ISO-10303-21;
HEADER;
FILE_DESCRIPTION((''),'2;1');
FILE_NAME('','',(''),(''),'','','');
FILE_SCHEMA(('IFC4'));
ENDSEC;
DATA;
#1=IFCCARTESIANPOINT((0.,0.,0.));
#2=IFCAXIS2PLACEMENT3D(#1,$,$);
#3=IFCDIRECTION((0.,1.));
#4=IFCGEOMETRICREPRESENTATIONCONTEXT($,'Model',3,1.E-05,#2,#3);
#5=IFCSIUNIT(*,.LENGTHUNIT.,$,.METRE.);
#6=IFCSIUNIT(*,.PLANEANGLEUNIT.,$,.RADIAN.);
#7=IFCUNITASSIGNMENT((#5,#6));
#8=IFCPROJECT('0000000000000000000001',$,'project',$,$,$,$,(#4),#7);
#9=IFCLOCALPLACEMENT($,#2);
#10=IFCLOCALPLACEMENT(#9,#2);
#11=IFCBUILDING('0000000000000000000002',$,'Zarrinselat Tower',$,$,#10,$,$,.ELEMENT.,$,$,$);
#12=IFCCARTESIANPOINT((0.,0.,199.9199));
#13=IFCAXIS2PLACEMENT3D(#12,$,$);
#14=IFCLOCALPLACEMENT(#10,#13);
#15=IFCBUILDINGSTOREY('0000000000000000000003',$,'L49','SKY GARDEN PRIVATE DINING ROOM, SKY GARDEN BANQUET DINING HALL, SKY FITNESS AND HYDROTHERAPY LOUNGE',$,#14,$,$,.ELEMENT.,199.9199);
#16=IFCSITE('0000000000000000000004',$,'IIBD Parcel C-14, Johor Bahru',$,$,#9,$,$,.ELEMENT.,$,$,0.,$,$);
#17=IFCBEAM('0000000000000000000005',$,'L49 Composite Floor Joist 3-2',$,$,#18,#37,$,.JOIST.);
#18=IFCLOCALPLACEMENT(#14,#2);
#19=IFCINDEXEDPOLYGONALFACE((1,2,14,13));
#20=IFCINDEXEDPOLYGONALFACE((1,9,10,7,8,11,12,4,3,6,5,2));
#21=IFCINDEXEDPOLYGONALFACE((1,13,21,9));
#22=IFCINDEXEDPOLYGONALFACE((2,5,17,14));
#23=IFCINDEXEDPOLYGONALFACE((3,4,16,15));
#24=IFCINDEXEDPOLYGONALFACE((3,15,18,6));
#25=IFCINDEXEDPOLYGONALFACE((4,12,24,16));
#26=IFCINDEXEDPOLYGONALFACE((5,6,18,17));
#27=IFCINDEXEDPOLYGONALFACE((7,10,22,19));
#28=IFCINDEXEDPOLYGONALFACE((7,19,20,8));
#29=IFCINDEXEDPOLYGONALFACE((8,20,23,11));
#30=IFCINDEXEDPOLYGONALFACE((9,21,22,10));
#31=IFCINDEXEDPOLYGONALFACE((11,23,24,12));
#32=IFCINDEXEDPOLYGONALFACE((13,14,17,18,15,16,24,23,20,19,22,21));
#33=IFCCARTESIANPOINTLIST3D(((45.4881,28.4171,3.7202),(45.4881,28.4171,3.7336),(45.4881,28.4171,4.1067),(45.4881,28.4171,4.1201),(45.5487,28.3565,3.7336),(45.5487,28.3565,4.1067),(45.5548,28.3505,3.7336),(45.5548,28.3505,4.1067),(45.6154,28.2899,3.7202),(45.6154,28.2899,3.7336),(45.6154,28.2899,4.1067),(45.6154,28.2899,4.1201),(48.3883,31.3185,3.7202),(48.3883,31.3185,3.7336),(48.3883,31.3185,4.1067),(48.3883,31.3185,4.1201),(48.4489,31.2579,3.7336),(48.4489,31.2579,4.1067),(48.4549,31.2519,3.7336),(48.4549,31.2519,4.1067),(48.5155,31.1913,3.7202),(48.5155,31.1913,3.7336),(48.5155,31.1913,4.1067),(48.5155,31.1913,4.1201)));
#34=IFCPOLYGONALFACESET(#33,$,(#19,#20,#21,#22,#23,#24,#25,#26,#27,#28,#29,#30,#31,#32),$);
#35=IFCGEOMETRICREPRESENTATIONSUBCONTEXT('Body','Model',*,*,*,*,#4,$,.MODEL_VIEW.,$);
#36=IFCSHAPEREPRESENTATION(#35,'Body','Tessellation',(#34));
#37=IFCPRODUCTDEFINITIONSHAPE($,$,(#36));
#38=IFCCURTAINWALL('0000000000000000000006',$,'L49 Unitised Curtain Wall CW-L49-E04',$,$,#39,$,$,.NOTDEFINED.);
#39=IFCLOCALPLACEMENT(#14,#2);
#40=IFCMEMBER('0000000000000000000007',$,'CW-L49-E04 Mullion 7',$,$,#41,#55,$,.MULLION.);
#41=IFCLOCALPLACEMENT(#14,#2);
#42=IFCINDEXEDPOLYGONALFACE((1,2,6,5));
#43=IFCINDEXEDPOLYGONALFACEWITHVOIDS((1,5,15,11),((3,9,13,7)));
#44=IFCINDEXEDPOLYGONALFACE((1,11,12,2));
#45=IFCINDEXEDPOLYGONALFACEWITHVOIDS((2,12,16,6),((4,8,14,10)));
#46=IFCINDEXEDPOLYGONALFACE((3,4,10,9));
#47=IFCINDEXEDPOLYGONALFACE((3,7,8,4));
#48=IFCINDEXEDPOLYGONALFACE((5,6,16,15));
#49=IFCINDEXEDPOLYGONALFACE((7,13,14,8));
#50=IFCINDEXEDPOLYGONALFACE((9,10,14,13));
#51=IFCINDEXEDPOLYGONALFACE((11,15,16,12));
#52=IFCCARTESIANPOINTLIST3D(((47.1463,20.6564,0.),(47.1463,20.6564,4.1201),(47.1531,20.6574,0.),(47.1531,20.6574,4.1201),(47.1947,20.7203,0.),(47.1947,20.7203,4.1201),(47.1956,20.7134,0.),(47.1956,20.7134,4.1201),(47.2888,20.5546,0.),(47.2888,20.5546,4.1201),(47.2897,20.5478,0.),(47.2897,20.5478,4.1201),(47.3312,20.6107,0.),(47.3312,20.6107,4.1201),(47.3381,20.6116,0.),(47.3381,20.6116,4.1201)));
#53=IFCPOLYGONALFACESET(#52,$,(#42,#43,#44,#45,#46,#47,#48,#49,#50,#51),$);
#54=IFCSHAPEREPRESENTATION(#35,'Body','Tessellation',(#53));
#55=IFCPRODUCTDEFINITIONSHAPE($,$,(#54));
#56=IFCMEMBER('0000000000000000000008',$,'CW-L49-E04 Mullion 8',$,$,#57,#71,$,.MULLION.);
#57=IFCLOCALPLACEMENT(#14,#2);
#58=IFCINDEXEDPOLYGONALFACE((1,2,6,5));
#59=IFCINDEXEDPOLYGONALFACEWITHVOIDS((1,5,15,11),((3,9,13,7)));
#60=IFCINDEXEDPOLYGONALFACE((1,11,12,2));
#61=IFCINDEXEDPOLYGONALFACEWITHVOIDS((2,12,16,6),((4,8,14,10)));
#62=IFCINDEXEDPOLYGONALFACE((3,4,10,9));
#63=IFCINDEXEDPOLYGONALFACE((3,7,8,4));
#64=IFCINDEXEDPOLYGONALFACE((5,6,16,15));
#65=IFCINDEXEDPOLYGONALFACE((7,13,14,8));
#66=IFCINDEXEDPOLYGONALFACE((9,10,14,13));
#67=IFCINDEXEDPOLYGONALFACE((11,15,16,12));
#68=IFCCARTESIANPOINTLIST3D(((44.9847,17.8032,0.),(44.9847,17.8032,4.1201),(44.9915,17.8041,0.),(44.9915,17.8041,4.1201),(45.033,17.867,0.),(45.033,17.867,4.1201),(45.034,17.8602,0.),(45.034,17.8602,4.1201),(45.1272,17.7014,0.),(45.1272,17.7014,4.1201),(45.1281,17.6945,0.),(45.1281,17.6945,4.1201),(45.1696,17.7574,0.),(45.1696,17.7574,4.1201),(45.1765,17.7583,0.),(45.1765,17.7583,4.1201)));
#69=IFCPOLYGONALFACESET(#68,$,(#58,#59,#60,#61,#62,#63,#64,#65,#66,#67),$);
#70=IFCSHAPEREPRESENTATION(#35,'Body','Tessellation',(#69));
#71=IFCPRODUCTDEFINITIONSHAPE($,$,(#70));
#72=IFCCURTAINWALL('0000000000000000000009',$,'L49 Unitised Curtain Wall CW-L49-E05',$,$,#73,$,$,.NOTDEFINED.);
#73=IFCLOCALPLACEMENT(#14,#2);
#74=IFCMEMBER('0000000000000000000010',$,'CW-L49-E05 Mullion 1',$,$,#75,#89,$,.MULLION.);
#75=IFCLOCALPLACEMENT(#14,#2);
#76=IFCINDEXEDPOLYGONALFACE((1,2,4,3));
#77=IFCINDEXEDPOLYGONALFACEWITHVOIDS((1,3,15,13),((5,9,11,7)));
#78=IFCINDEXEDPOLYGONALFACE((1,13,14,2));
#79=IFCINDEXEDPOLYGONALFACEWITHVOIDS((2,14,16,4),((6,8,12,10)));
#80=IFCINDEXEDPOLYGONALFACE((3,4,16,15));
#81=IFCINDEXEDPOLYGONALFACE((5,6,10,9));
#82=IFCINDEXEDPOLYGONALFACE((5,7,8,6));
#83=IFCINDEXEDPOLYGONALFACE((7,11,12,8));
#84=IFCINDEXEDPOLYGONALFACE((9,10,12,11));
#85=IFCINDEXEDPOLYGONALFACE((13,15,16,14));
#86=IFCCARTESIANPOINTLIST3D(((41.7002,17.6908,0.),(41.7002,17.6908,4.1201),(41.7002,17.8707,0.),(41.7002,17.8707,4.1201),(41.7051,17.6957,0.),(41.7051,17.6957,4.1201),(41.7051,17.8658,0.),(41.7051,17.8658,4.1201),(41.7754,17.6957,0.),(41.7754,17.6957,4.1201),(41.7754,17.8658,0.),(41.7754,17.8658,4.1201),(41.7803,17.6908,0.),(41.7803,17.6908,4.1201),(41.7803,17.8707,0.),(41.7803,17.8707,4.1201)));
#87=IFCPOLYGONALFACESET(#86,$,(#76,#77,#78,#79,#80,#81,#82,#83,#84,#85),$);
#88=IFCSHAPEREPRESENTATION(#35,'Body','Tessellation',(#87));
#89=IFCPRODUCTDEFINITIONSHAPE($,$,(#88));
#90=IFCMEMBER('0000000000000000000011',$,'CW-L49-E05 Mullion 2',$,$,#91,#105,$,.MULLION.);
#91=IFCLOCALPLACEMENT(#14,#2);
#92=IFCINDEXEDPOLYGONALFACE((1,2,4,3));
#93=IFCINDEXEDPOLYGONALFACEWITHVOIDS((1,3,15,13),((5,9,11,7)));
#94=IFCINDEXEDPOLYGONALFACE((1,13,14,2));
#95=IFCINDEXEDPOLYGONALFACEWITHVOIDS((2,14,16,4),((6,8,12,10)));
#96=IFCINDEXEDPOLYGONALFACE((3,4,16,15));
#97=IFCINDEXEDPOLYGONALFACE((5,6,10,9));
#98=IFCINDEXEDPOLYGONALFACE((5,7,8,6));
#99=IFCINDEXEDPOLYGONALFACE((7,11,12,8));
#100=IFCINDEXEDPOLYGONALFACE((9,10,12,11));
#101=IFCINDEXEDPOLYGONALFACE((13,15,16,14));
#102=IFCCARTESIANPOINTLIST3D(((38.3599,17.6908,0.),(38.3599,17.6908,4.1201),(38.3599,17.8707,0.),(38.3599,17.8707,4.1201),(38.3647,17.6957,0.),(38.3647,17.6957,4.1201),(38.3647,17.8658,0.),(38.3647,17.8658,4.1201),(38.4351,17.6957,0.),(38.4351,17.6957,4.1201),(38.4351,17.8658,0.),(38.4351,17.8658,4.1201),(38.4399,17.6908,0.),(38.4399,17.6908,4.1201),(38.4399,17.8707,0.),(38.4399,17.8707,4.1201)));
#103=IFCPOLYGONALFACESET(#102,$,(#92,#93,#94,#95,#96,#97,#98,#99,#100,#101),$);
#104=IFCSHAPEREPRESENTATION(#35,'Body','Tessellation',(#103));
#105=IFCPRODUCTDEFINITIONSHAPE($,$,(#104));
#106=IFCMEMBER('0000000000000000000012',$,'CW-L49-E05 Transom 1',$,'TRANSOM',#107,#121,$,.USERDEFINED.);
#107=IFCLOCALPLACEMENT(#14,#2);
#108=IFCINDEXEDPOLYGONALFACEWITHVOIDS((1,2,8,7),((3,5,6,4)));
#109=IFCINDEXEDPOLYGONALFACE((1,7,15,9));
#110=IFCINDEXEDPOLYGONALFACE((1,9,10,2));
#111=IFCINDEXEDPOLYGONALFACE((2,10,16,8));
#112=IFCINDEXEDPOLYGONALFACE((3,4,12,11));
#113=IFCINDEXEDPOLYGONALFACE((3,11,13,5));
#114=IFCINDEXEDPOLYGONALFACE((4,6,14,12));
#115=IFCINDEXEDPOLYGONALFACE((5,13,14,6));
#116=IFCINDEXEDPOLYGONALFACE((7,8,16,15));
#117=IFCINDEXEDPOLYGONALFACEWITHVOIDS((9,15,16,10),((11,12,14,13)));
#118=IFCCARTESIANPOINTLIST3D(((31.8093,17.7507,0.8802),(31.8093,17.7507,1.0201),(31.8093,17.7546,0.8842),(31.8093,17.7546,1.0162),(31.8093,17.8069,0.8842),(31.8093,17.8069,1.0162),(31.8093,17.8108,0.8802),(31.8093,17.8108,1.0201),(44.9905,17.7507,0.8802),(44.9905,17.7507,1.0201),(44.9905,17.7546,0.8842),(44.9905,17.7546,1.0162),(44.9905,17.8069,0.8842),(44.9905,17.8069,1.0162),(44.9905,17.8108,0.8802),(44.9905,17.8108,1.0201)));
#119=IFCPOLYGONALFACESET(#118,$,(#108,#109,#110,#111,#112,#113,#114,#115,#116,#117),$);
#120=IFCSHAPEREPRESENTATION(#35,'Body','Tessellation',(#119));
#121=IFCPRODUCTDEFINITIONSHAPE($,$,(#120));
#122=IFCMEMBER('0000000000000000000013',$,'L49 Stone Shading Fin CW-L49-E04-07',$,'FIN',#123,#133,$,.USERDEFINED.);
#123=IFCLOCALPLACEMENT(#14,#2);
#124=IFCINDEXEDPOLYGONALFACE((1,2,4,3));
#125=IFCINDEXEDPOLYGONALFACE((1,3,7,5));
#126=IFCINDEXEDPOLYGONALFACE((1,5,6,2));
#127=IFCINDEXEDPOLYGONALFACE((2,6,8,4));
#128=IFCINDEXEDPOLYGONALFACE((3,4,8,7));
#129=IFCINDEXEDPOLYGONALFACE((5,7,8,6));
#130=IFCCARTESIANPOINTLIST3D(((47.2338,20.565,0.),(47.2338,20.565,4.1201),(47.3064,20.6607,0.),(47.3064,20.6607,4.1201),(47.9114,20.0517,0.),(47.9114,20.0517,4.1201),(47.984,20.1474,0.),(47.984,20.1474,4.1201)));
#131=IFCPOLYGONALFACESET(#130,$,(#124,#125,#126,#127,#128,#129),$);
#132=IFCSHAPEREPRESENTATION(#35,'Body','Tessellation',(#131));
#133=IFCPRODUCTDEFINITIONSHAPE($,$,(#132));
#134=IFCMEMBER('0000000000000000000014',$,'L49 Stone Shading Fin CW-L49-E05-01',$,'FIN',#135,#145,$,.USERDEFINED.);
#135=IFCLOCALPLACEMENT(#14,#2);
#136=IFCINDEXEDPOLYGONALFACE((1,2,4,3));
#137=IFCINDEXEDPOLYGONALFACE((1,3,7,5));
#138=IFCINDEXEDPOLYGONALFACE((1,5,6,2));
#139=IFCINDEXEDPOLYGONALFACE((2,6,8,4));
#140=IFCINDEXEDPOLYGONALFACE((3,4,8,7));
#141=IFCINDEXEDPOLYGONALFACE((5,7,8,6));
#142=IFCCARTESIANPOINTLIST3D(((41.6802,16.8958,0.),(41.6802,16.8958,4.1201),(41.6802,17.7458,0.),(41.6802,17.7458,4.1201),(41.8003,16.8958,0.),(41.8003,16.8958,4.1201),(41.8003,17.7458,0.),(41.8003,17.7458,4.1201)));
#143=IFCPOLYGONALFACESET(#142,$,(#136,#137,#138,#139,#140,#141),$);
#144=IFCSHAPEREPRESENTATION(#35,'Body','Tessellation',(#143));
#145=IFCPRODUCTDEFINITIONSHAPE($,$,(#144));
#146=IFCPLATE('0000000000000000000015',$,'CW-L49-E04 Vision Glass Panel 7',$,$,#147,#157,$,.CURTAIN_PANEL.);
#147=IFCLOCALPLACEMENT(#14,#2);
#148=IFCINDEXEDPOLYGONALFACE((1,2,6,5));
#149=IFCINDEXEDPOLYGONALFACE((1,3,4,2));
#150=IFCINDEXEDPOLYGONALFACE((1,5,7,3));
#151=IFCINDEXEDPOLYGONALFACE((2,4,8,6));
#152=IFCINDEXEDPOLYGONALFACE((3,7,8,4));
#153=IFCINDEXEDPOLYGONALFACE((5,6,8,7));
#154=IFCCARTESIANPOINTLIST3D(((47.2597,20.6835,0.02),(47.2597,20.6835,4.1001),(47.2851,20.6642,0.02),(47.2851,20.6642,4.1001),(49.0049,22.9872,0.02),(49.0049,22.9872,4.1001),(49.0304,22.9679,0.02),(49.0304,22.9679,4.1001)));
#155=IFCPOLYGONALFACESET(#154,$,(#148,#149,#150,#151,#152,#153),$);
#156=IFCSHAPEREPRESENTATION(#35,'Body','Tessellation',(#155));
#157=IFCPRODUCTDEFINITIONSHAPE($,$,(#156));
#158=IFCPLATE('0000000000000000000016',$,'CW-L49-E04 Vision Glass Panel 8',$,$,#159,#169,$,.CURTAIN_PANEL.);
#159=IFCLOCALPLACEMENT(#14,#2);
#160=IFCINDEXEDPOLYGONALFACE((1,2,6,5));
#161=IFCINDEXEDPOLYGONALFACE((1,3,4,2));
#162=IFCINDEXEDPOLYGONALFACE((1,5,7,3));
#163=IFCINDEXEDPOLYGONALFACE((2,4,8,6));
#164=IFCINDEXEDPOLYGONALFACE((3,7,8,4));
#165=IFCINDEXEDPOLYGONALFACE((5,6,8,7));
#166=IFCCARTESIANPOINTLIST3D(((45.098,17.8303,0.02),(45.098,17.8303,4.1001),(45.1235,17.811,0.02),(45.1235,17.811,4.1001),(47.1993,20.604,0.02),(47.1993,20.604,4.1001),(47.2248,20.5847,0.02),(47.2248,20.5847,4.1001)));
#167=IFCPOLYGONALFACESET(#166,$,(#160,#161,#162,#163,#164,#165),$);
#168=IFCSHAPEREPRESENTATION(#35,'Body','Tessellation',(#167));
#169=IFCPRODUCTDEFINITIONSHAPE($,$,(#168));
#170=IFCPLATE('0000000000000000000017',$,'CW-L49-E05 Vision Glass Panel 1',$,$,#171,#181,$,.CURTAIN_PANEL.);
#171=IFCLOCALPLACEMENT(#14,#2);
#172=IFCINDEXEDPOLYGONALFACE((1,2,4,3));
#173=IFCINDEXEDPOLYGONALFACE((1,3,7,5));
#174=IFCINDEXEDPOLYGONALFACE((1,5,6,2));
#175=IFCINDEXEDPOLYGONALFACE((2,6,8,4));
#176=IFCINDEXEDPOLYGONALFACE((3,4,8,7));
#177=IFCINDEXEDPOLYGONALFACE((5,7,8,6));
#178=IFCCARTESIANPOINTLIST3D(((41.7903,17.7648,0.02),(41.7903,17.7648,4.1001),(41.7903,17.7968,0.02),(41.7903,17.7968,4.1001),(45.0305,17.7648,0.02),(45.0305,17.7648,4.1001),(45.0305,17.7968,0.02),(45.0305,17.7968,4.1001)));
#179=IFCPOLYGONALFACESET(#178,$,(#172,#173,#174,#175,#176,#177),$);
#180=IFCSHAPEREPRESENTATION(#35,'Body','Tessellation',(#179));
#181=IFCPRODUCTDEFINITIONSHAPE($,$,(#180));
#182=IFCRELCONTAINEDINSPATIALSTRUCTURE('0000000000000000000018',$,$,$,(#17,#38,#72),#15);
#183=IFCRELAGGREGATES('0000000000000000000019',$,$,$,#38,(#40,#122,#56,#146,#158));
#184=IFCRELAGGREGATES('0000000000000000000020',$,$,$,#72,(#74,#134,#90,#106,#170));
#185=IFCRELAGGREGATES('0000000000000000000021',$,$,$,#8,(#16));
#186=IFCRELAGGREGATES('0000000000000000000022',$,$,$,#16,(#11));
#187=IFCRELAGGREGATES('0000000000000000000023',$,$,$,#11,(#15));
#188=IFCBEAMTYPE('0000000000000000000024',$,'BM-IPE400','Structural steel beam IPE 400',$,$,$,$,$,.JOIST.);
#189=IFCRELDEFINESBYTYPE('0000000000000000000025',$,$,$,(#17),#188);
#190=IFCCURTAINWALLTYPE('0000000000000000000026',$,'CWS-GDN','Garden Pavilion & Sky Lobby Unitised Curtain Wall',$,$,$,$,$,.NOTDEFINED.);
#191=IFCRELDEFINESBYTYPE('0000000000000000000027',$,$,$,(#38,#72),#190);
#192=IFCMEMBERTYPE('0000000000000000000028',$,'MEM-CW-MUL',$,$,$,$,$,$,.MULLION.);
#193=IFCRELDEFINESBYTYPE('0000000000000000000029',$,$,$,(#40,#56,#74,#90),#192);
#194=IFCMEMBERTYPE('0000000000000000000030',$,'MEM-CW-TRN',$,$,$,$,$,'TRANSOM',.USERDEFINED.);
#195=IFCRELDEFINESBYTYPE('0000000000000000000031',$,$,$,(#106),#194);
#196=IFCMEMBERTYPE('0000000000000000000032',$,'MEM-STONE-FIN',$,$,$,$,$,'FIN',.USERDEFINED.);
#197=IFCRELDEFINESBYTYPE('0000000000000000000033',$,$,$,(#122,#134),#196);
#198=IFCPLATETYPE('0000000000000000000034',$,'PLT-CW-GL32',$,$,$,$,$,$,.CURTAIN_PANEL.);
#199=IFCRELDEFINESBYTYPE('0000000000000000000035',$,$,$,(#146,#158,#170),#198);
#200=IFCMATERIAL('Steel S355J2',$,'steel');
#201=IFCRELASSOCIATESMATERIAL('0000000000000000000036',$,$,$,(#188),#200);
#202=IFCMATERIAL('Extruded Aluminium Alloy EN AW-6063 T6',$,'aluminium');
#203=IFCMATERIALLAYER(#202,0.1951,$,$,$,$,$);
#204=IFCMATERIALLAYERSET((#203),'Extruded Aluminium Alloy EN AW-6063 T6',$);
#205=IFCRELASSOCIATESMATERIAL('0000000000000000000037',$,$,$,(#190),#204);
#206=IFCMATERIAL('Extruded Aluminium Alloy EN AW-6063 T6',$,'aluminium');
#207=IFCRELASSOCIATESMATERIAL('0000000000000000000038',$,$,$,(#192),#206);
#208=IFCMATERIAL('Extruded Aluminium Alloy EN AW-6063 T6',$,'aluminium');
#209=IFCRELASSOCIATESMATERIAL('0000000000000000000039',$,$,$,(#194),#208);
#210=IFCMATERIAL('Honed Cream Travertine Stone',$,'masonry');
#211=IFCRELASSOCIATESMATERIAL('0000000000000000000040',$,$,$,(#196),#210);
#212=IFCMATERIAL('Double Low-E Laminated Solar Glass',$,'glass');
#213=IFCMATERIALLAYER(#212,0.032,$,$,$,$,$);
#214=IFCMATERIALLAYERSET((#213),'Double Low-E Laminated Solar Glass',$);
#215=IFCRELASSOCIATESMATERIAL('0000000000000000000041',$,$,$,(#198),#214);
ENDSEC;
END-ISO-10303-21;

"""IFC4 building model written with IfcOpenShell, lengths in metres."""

from ifc_helpers import new_model, si_unit, direction, frame, origin, origin_2d, place, context, subcontext, project, spatial, rectangle, hollow_rectangle, i_section, extrude, material, layer, layer_set, material_profile, profile_set, type_object, element, aggregate, save


model = new_model("IFC4")

# Units and contexts
model_context = context("Model", 3, precision=1e-05, world=origin(), true_north=direction((0.0, 1.0)))
body_context = subcontext(model_context, "Body", "Model", "MODEL_VIEW")
ifc_project = project(units=[si_unit("LENGTHUNIT", "METRE"), si_unit("PLANEANGLEUNIT", "RADIAN")], contexts=[model_context])

# Site, building, storey
site_placement = place(None, origin())
site = spatial("IfcSite", under=ifc_project, at=site_placement, Name="IIBD Parcel C-14, Johor Bahru", CompositionType="ELEMENT", RefElevation=0.0)
building_placement = place(site_placement, origin())
building = spatial("IfcBuilding", under=site, at=building_placement, Name="Zarrinselat Tower", CompositionType="ELEMENT")
storey_placement = place(building_placement, frame((0.0, 0.0, 199.9199)))
storey = spatial("IfcBuildingStorey", under=building, at=storey_placement, Name="L49", Description="SKY GARDEN PRIVATE DINING ROOM, SKY GARDEN BANQUET DINING HALL, SKY FITNESS AND HYDROTHERAPY LOUNGE", CompositionType="ELEMENT", Elevation=199.9199)

# Beam
ifc_material_1 = material(Name="Steel S355J2", Category="steel")
ifc_material_profile_1 = material_profile(ifc_material_1, i_section(OverallWidth=0.1799, OverallDepth=0.3999, WebThickness=0.0085, FlangeThickness=0.0134, at=origin_2d()), Name="IPE 400")
ifc_profile_set_1 = profile_set([ifc_material_profile_1], Name="Steel S355J2")
beam_type_1 = type_object("IfcBeamType", Name="BM-IPE400", Description="Structural steel beam IPE 400", PredefinedType="JOIST", material=ifc_profile_set_1)
beam_1_placement = place(storey_placement, frame((45.5518, 28.3535, 3.9202), z_axis=(0.706958, 0.707256, 0.0), x_axis=(-0.707256, 0.706958, 0.0)))
element("IfcBeam", 1, at=beam_1_placement, inside=storey, type_object=beam_type_1, Name="L49 Composite Floor Joist 3-2", PredefinedType="JOIST", context=body_context, shape_type="SweptSolid", body=[
    extrude(i_section(OverallWidth=0.1799, OverallDepth=0.3999, WebThickness=0.0085, FlangeThickness=0.0134, at=origin_2d()), origin(), (0.0, 0.0, 1.0), 4.1023),
])

# Curtain walls, members
ifc_material_2 = material(Name="Extruded Aluminium Alloy EN AW-6063 T6", Category="aluminium")
ifc_layer_1 = layer(ifc_material_2, 0.1951)
ifc_layer_set_1 = layer_set([ifc_layer_1], Name="Extruded Aluminium Alloy EN AW-6063 T6")
curtain_wall_type = type_object("IfcCurtainWallType", Name="CWS-GDN", Description="Garden Pavilion & Sky Lobby Unitised Curtain Wall", PredefinedType="NOTDEFINED", material=ifc_layer_set_1)
curtain_wall_1_placement = place(storey_placement, origin())
curtain_wall_1 = element("IfcCurtainWall", 2, at=curtain_wall_1_placement, inside=storey, type_object=curtain_wall_type, Name="L49 Unitised Curtain Wall CW-L49-E04", PredefinedType="NOTDEFINED")
ifc_material_3 = material(Name="Extruded Aluminium Alloy EN AW-6063 T6", Category="aluminium")
ifc_material_profile_2 = material_profile(ifc_material_3, hollow_rectangle(XDim=0.0801, YDim=0.1799, WallThickness=0.0049, at=origin_2d()), Name="RHS 180x80x5")
ifc_profile_set_2 = profile_set([ifc_material_profile_2], Name="Extruded Aluminium Alloy EN AW-6063 T6")
member_type_1 = type_object("IfcMemberType", Name="MEM-CW-MUL", PredefinedType="MULLION", material=ifc_profile_set_2)
member_1_placement = place(storey_placement, frame((47.2422, 20.634, 0.0), z_axis=(0.0, 0.0, 1.0), x_axis=(-0.603858, -0.797092, 0.0)))
member_1 = element("IfcMember", 3, at=member_1_placement, type_object=member_type_1, Name="CW-L49-E04 Mullion 7", PredefinedType="MULLION", context=body_context, shape_type="SweptSolid", body=[
    extrude(hollow_rectangle(XDim=0.0801, YDim=0.1799, WallThickness=0.0049, at=origin_2d()), origin(), (0.0, 0.0, 1.0), 4.1201),
])
member_2_placement = place(storey_placement, frame((45.0806, 17.7808, 0.0), z_axis=(0.0, 0.0, 1.0), x_axis=(-0.603858, -0.797092, 0.0)))
member_2 = element("IfcMember", 4, at=member_2_placement, type_object=member_type_1, Name="CW-L49-E04 Mullion 8", PredefinedType="MULLION", context=body_context, shape_type="SweptSolid", body=[
    extrude(hollow_rectangle(XDim=0.0801, YDim=0.1799, WallThickness=0.0049, at=origin_2d()), origin(), (0.0, 0.0, 1.0), 4.1201),
])
curtain_wall_2_placement = place(storey_placement, origin())
curtain_wall_2 = element("IfcCurtainWall", 5, at=curtain_wall_2_placement, inside=storey, type_object=curtain_wall_type, Name="L49 Unitised Curtain Wall CW-L49-E05", PredefinedType="NOTDEFINED")
member_3_placement = place(storey_placement, frame((41.7402, 17.7808, 0.0), z_axis=(0.0, 0.0, 1.0), x_axis=(-1.0, 0.0, 0.0)))
member_3 = element("IfcMember", 6, at=member_3_placement, type_object=member_type_1, Name="CW-L49-E05 Mullion 1", PredefinedType="MULLION", context=body_context, shape_type="SweptSolid", body=[
    extrude(hollow_rectangle(XDim=0.0801, YDim=0.1799, WallThickness=0.0049, at=origin_2d()), origin(), (0.0, 0.0, 1.0), 4.1201),
])
member_4_placement = place(storey_placement, frame((38.3999, 17.7808, 0.0), z_axis=(0.0, 0.0, 1.0), x_axis=(-1.0, 0.0, 0.0)))
member_4 = element("IfcMember", 7, at=member_4_placement, type_object=member_type_1, Name="CW-L49-E05 Mullion 2", PredefinedType="MULLION", context=body_context, shape_type="SweptSolid", body=[
    extrude(hollow_rectangle(XDim=0.0801, YDim=0.1799, WallThickness=0.0049, at=origin_2d()), origin(), (0.0, 0.0, 1.0), 4.1201),
])
ifc_material_4 = material(Name="Extruded Aluminium Alloy EN AW-6063 T6", Category="aluminium")
ifc_material_profile_3 = material_profile(ifc_material_4, hollow_rectangle(XDim=0.0601, YDim=0.1399, WallThickness=0.0039, at=origin_2d()), Name="RHS 140x60x4")
ifc_profile_set_3 = profile_set([ifc_material_profile_3], Name="Extruded Aluminium Alloy EN AW-6063 T6")
member_type_2 = type_object("IfcMemberType", Name="MEM-CW-TRN", ElementType="TRANSOM", PredefinedType="USERDEFINED", material=ifc_profile_set_3)
member_5_placement = place(storey_placement, frame((44.9905, 17.7808, 0.9502), z_axis=(-1.0, 0.0, 0.0), x_axis=(0.0, -1.0, 0.0)))
member_5 = element("IfcMember", 8, at=member_5_placement, type_object=member_type_2, Name="CW-L49-E05 Transom 1", ObjectType="TRANSOM", PredefinedType="USERDEFINED", context=body_context, shape_type="SweptSolid", body=[
    extrude(hollow_rectangle(XDim=0.0601, YDim=0.1399, WallThickness=0.0039, at=origin_2d()), origin(), (0.0, 0.0, 1.0), 13.1812),
])

# Members
ifc_material_5 = material(Name="Honed Cream Travertine Stone", Category="masonry")
ifc_material_profile_4 = material_profile(ifc_material_5, rectangle(XDim=0.1201, YDim=0.8501, at=origin_2d()), Name="FIN 850x120")
ifc_profile_set_4 = profile_set([ifc_material_profile_4], Name="Honed Cream Travertine Stone")
member_type_3 = type_object("IfcMemberType", Name="MEM-STONE-FIN", ElementType="FIN", PredefinedType="USERDEFINED", material=ifc_profile_set_4)
member_6_placement = place(storey_placement, frame((47.6089, 20.3562, 0.0), z_axis=(0.0, 0.0, 1.0), x_axis=(-0.603858, -0.797092, 0.0)))
member_6 = element("IfcMember", 9, at=member_6_placement, type_object=member_type_3, Name="L49 Stone Shading Fin CW-L49-E04-07", ObjectType="FIN", PredefinedType="USERDEFINED", context=body_context, shape_type="SweptSolid", body=[
    extrude(rectangle(XDim=0.1201, YDim=0.8501, at=origin_2d()), origin(), (0.0, 0.0, 1.0), 4.1201),
])
member_7_placement = place(storey_placement, frame((41.7402, 17.3208, 0.0), z_axis=(0.0, 0.0, 1.0), x_axis=(-1.0, 0.0, 0.0)))
member_7 = element("IfcMember", 10, at=member_7_placement, type_object=member_type_3, Name="L49 Stone Shading Fin CW-L49-E05-01", ObjectType="FIN", PredefinedType="USERDEFINED", context=body_context, shape_type="SweptSolid", body=[
    extrude(rectangle(XDim=0.1201, YDim=0.8501, at=origin_2d()), origin(), (0.0, 0.0, 1.0), 4.1201),
])

# Plates
ifc_material_6 = material(Name="Double Low-E Laminated Solar Glass", Category="glass")
ifc_layer_2 = layer(ifc_material_6, 0.032)
ifc_layer_set_2 = layer_set([ifc_layer_2], Name="Double Low-E Laminated Solar Glass")
plate_type = type_object("IfcPlateType", Name="PLT-CW-GL32", PredefinedType="CURTAIN_PANEL", material=ifc_layer_set_2)
plate_1_placement = place(storey_placement, frame((48.145, 21.8257, 0.02), z_axis=(0.0, 0.0, 1.0), x_axis=(-0.603858, -0.797092, 0.0)))
plate_1 = element("IfcPlate", 11, at=plate_1_placement, type_object=plate_type, Name="CW-L49-E04 Vision Glass Panel 7", PredefinedType="CURTAIN_PANEL", context=body_context, shape_type="SweptSolid", body=[
    extrude(rectangle(XDim=2.8901, YDim=0.032, at=origin_2d()), origin(), (0.0, 0.0, 1.0), 4.0801),
])
plate_2_placement = place(storey_placement, frame((46.1614, 19.2075, 0.02), z_axis=(0.0, 0.0, 1.0), x_axis=(-0.603858, -0.797092, 0.0)))
plate_2 = element("IfcPlate", 12, at=plate_2_placement, type_object=plate_type, Name="CW-L49-E04 Vision Glass Panel 8", PredefinedType="CURTAIN_PANEL", context=body_context, shape_type="SweptSolid", body=[
    extrude(rectangle(XDim=3.4797, YDim=0.032, at=origin_2d()), origin(), (0.0, 0.0, 1.0), 4.0801),
])
aggregate(curtain_wall_1, [member_1, member_6, member_2, plate_1, plate_2])
plate_3_placement = place(storey_placement, frame((43.4104, 17.7808, 0.02), z_axis=(0.0, 0.0, 1.0), x_axis=(-1.0, 0.0, 0.0)))
plate_3 = element("IfcPlate", 13, at=plate_3_placement, type_object=plate_type, Name="CW-L49-E05 Vision Glass Panel 1", PredefinedType="CURTAIN_PANEL", context=body_context, shape_type="SweptSolid", body=[
    extrude(rectangle(XDim=3.2402, YDim=0.032, at=origin_2d()), origin(), (0.0, 0.0, 1.0), 4.0801),
])
aggregate(curtain_wall_2, [member_3, member_7, member_4, member_5, plate_3])

save(model, "model.ifc")
